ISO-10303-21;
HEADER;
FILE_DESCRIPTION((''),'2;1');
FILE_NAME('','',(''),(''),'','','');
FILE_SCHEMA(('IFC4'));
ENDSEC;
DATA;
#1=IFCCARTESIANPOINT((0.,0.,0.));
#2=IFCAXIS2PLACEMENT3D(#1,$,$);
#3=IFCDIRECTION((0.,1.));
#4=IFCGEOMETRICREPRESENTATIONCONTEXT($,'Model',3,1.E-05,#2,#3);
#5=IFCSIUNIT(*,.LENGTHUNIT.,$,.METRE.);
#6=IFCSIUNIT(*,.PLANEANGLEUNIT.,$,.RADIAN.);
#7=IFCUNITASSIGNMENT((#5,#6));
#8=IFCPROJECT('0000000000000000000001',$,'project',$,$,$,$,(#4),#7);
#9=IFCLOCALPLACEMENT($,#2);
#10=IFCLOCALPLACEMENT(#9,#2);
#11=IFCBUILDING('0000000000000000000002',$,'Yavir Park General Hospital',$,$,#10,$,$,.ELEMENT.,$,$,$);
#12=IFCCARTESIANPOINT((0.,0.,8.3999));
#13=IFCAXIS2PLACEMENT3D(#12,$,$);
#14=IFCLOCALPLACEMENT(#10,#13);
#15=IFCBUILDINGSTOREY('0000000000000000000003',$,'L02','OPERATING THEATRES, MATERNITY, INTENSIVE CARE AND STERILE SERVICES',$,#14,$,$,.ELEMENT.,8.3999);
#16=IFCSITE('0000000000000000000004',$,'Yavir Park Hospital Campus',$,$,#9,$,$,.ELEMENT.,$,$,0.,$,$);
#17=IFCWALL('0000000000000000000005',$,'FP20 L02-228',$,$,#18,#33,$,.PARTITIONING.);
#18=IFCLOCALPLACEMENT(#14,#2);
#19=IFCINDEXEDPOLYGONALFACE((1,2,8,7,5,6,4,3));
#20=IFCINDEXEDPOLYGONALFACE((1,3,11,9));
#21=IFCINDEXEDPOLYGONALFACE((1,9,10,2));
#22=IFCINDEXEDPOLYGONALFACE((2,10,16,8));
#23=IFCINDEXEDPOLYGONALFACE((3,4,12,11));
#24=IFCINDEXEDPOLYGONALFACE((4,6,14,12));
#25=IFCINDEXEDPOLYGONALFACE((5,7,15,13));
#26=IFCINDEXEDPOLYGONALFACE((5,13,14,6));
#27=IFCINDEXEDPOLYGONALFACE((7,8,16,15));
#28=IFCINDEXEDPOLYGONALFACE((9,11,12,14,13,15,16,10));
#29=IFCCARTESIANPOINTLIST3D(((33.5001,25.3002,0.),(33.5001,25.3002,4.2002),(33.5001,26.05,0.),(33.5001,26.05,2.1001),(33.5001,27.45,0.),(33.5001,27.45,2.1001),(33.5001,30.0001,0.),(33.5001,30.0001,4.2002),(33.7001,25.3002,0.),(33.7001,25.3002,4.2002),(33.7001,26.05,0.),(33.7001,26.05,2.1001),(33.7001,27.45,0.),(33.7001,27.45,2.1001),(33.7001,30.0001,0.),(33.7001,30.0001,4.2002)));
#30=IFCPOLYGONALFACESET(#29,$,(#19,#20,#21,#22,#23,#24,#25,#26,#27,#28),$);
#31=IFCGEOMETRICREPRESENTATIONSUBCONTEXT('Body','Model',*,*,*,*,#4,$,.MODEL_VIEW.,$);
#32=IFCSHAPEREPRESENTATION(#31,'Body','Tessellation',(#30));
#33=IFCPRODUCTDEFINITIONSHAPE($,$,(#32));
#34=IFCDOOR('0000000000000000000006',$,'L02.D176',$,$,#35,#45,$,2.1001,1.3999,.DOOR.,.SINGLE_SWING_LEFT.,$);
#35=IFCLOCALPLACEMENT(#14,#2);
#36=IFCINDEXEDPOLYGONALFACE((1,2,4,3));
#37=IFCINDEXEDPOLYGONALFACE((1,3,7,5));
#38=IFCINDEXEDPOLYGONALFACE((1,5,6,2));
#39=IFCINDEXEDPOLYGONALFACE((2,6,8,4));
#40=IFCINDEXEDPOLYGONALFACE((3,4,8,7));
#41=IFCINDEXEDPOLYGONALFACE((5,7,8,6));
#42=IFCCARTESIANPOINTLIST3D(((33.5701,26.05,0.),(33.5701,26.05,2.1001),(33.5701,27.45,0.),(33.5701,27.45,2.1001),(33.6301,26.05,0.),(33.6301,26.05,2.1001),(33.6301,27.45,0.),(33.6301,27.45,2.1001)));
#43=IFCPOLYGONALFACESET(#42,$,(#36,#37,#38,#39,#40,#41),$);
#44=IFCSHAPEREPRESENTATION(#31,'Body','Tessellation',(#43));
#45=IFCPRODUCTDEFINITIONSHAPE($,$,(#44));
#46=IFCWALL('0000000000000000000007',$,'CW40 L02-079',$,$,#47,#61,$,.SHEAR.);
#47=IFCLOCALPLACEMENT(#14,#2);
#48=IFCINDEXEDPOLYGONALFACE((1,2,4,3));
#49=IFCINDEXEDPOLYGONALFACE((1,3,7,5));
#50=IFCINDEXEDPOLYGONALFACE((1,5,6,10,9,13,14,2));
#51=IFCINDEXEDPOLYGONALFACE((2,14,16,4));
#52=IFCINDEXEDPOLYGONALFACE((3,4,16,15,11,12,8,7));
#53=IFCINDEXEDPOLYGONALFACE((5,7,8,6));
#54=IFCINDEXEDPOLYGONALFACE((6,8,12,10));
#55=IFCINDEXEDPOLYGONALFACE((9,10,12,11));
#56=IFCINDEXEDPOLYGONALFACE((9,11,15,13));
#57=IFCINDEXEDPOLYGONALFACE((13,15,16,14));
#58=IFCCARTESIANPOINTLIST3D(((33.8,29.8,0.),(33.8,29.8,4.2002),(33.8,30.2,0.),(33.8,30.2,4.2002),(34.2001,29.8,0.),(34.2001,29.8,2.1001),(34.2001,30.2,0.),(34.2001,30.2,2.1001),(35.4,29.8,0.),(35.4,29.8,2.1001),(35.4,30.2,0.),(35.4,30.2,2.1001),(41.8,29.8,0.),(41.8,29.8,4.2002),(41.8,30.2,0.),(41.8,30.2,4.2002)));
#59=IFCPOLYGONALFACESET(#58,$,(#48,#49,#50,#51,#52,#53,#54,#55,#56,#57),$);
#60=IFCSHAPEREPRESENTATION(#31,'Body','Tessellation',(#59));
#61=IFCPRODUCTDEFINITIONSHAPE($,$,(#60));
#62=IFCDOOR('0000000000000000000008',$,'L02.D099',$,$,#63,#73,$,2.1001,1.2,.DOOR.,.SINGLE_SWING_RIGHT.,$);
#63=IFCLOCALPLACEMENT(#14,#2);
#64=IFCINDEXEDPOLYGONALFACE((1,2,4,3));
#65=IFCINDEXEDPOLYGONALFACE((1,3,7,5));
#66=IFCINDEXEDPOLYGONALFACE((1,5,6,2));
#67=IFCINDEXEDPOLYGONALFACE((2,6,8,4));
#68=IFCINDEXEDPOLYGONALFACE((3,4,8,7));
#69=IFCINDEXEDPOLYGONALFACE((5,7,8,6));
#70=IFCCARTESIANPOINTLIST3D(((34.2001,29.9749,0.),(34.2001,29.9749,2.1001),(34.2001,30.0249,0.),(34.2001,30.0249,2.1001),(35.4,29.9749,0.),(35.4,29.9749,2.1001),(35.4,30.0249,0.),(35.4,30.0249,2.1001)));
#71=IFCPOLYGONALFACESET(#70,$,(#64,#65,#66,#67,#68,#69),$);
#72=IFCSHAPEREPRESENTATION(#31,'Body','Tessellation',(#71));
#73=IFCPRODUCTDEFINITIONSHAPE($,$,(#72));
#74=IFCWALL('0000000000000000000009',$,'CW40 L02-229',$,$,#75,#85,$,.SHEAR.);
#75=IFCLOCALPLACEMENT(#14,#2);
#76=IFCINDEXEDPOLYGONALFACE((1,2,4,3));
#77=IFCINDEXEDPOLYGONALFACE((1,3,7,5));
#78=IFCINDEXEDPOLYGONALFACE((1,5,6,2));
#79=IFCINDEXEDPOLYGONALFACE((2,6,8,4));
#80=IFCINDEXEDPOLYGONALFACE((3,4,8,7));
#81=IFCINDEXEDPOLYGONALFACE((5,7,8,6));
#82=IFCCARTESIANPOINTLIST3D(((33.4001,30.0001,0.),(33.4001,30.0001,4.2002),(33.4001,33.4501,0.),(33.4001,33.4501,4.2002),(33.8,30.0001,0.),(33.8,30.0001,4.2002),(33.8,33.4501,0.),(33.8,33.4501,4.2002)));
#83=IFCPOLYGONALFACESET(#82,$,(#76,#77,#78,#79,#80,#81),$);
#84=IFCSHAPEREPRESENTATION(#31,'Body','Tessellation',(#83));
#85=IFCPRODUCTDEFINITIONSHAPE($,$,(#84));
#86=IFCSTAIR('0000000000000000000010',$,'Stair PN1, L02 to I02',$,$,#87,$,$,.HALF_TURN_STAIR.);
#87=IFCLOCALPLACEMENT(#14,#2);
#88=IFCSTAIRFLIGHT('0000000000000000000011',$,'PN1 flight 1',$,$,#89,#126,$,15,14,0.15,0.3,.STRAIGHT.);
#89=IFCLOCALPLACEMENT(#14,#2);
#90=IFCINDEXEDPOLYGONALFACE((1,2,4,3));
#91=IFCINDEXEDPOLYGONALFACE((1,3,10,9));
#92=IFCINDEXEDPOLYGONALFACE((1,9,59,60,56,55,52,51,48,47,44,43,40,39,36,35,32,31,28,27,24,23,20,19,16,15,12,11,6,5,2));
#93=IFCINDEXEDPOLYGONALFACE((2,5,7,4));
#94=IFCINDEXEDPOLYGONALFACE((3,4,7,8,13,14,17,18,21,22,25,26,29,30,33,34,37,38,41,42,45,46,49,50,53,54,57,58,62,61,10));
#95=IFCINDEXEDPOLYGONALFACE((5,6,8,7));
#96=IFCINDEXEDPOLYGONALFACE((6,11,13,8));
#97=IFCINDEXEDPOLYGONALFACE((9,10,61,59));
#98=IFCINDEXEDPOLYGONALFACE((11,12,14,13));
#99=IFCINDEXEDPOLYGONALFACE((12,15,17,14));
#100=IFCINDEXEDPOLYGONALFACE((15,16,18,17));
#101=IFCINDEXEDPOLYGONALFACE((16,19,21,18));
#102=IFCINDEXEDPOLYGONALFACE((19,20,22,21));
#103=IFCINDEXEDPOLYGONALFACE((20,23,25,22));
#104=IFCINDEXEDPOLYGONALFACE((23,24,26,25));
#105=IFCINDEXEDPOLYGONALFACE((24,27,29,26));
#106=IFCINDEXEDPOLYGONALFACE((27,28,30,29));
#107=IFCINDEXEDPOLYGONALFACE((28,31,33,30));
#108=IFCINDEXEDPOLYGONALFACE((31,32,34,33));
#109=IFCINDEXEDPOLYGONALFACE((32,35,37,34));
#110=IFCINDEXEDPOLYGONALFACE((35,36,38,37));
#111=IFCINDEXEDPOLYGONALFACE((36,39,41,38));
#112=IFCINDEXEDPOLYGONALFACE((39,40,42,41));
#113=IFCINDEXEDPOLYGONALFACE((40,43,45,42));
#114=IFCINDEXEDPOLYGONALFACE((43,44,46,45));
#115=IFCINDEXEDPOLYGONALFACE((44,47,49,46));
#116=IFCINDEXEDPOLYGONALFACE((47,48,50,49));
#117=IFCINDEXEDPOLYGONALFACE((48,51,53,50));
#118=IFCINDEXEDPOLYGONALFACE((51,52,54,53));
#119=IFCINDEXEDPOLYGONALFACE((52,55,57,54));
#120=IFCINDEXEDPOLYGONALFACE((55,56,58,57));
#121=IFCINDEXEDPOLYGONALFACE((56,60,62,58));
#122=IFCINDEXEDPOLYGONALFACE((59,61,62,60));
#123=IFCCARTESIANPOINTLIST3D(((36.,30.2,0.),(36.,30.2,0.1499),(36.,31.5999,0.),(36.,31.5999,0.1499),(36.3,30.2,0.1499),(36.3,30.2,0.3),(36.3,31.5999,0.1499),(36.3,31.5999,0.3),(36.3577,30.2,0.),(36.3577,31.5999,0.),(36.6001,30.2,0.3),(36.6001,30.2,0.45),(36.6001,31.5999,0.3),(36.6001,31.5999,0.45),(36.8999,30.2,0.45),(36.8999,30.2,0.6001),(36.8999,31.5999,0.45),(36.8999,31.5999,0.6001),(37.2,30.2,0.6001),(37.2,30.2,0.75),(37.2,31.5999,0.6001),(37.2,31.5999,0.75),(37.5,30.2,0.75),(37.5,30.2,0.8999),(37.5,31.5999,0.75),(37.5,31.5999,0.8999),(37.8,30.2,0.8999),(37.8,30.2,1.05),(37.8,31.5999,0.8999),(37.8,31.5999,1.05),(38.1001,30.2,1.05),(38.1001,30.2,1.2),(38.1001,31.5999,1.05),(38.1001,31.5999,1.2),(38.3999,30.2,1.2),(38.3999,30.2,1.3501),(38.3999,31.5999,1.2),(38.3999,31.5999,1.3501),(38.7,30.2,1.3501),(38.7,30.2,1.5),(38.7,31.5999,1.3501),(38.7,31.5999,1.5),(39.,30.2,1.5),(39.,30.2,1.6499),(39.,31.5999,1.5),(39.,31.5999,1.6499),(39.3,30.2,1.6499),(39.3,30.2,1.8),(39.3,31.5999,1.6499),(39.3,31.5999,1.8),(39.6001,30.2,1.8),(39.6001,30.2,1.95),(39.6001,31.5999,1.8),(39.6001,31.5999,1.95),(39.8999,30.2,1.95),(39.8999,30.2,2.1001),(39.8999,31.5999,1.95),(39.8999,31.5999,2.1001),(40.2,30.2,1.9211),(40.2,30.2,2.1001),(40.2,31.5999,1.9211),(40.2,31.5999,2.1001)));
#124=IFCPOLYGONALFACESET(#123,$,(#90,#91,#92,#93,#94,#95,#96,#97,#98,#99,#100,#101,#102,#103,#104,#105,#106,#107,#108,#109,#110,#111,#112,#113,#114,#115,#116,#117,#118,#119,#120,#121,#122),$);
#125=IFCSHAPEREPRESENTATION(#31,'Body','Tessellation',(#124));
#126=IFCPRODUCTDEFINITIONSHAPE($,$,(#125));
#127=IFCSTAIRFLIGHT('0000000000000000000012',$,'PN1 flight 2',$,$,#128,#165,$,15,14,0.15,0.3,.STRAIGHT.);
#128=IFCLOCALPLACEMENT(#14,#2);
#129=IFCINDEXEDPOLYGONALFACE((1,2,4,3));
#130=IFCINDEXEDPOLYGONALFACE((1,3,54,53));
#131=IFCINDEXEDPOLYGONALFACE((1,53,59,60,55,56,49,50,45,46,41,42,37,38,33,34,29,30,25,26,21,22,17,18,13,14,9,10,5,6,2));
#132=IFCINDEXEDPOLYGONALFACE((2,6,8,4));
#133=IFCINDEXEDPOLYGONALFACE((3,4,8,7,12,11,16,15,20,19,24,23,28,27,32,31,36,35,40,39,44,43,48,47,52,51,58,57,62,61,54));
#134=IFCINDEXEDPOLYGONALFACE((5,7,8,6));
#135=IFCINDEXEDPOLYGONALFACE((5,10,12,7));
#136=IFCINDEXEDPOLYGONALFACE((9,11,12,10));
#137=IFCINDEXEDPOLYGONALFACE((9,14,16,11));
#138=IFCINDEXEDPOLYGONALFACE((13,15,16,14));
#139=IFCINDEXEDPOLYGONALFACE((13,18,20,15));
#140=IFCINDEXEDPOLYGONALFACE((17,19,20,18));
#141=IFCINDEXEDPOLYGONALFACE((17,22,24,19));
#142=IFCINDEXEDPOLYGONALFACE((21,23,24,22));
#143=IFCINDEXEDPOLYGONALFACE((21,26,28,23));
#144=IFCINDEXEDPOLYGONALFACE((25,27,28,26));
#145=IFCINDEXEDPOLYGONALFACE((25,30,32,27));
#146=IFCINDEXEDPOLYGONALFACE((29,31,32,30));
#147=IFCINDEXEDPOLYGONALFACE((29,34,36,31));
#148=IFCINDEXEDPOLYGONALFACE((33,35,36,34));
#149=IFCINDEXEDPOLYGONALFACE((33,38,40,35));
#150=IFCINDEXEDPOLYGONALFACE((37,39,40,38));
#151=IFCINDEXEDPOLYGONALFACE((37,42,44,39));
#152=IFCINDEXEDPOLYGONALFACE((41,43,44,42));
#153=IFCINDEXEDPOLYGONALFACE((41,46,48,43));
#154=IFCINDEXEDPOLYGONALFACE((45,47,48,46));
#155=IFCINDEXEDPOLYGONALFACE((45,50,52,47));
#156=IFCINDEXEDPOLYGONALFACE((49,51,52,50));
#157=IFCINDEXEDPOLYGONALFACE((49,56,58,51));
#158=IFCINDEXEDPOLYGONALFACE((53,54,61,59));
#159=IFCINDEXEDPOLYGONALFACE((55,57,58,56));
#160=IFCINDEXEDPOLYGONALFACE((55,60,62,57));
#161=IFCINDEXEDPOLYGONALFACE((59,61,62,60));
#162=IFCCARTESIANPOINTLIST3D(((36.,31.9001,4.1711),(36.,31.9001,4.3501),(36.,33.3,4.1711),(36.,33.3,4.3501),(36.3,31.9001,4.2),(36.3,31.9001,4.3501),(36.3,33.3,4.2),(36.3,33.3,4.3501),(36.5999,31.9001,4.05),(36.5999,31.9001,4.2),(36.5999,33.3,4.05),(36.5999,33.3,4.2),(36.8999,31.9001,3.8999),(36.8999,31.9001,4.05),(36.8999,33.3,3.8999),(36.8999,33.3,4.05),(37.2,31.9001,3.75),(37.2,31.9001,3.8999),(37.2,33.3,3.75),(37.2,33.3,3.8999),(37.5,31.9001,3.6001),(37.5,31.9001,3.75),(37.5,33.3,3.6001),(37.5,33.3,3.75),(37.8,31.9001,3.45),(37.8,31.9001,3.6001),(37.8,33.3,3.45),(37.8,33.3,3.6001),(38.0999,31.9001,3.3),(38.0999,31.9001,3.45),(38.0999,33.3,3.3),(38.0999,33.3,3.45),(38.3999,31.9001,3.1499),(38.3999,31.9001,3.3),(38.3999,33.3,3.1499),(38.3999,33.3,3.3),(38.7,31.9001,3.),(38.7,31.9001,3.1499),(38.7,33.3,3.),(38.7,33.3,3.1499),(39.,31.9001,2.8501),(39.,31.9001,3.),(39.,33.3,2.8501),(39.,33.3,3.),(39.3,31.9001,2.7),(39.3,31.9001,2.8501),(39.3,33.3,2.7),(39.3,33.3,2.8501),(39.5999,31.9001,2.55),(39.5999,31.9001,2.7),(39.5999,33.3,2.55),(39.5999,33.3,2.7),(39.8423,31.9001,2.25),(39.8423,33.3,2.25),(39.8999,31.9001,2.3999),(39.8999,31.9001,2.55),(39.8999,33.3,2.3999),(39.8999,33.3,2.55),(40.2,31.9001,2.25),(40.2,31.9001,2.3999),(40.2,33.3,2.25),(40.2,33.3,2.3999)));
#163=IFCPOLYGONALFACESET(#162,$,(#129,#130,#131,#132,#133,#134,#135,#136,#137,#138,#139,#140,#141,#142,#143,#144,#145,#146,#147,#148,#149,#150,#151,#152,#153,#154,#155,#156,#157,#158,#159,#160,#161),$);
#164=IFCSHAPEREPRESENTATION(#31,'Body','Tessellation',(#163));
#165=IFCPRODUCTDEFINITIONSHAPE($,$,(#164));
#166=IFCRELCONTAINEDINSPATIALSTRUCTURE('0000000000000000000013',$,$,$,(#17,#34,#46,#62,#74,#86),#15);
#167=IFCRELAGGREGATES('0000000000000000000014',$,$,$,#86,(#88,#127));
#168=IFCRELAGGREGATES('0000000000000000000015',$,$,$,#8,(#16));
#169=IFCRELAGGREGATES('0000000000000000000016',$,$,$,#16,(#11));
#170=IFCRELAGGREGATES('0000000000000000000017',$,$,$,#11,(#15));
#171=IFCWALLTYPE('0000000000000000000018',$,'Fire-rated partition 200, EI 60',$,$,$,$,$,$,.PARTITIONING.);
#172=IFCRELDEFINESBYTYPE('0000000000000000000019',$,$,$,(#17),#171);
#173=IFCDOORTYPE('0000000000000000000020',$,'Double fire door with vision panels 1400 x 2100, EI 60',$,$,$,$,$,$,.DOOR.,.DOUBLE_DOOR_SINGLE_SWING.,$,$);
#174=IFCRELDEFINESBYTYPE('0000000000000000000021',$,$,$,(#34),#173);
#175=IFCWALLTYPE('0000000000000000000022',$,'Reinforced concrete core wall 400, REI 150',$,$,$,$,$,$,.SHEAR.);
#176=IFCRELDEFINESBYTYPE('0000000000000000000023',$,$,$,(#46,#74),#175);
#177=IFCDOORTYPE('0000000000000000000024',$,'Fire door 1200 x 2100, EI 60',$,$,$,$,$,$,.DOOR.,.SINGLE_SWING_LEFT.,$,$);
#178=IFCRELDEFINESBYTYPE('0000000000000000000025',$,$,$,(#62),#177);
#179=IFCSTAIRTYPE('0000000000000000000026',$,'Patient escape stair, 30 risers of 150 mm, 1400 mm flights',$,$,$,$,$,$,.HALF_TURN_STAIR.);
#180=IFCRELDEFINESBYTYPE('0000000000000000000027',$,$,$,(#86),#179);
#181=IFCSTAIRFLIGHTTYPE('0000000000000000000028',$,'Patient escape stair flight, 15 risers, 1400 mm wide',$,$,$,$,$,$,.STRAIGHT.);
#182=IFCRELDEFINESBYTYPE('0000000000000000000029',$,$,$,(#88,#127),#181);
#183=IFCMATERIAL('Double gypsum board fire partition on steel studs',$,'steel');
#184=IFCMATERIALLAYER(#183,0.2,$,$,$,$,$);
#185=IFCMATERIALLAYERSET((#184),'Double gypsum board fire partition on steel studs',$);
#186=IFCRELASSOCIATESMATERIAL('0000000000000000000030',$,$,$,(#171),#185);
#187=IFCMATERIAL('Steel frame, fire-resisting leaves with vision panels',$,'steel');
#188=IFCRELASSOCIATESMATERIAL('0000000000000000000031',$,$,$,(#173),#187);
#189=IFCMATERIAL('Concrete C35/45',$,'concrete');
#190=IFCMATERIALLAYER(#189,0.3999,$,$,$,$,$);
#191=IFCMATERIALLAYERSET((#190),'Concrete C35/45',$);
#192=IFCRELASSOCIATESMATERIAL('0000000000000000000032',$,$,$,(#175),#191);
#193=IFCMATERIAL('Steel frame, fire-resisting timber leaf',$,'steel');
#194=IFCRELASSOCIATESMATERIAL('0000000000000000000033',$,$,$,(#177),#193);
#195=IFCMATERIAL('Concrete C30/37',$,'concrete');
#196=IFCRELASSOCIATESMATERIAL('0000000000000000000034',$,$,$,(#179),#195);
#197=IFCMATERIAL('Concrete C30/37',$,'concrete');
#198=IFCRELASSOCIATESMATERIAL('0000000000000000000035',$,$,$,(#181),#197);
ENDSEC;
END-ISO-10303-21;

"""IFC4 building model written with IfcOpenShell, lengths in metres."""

from ifc_helpers import new_model, si_unit, direction, frame, frame_2d, origin, place, context, subcontext, project, spatial, polyline, rectangle, outline, extrude, material, layer, layer_set, type_object, element, fill, aggregate, save


model = new_model("IFC4")

# Units and contexts
model_context = context("Model", 3, precision=1e-05, world=origin(), true_north=direction((0.0, 1.0)))
body_context = subcontext(model_context, "Body", "Model", "MODEL_VIEW")
ifc_project = project(units=[si_unit("LENGTHUNIT", "METRE"), si_unit("PLANEANGLEUNIT", "RADIAN")], contexts=[model_context])

# Site, building, storey
site_placement = place(None, origin())
site = spatial("IfcSite", under=ifc_project, at=site_placement, Name="Yavir Park Hospital Campus", CompositionType="ELEMENT", RefElevation=0.0)
building_placement = place(site_placement, origin())
building = spatial("IfcBuilding", under=site, at=building_placement, Name="Yavir Park General Hospital", CompositionType="ELEMENT")
storey_placement = place(building_placement, frame((0.0, 0.0, 8.3999)))
storey = spatial("IfcBuildingStorey", under=building, at=storey_placement, Name="L02", Description="OPERATING THEATRES, MATERNITY, INTENSIVE CARE AND STERILE SERVICES", CompositionType="ELEMENT", Elevation=8.3999)

# Walls, openings, doors
ifc_material_1 = material(Name="Double gypsum board fire partition on steel studs", Category="steel")
ifc_layer_1 = layer(ifc_material_1, 0.2)
ifc_layer_set_1 = layer_set([ifc_layer_1], Name="Double gypsum board fire partition on steel studs")
wall_type_1 = type_object("IfcWallType", Name="Fire-rated partition 200, EI 60", PredefinedType="PARTITIONING", material=ifc_layer_set_1)
wall_1_placement = place(storey_placement, frame((33.6001, 25.3, 0.0), z_axis=(0.0, 0.0, 1.0), x_axis=(0.0, 1.0, 0.0)))
wall_1 = element("IfcWall", 1, at=wall_1_placement, inside=storey, type_object=wall_type_1, Name="FP20 L02-228", PredefinedType="PARTITIONING", context=body_context, shape_type="SweptSolid", body=[
    extrude(rectangle(XDim=4.7, YDim=0.2, at=frame_2d((2.3501, 0.0))), origin(), (0.0, 0.0, 1.0), 4.2002),
])
opening_1_placement = place(wall_1_placement, frame((0.75, 0.0, 0.0)))
opening_1 = element("IfcOpeningElement", 2, at=opening_1_placement, cuts=wall_1, PredefinedType="OPENING", context=body_context, shape_type="SweptSolid", body=[
    extrude(rectangle(XDim=1.3999, YDim=2.1001, at=frame_2d((0.7, 1.05))), frame((0.0, 0.1099, 0.0), z_axis=(0.0, -1.0, 0.0), x_axis=(1.0, 0.0, 0.0)), (0.0, 0.0, 1.0), 0.22),
])
ifc_material_2 = material(Name="Steel frame, fire-resisting leaves with vision panels", Category="steel")
door_type_1 = type_object("IfcDoorType", Name="Double fire door with vision panels 1400 x 2100, EI 60", OperationType="DOUBLE_DOOR_SINGLE_SWING", PredefinedType="DOOR", material=ifc_material_2)
door_1_placement = place(opening_1_placement, origin())
door_1 = element("IfcDoor", 3, at=door_1_placement, inside=storey, type_object=door_type_1, Name="L02.D176", OperationType="SINGLE_SWING_LEFT", OverallHeight=2.1001, OverallWidth=1.3999, PredefinedType="DOOR", context=body_context, shape_type="SweptSolid", body=[
    extrude(rectangle(XDim=1.3999, YDim=2.1001, at=frame_2d((0.7, 1.05))), frame((0.0, 0.03, 0.0), z_axis=(0.0, -1.0, 0.0), x_axis=(1.0, 0.0, 0.0)), (0.0, 0.0, 1.0), 0.0601),
])
fill(opening_1, door_1)
ifc_material_3 = material(Name="Concrete C35/45", Category="concrete")
ifc_layer_2 = layer(ifc_material_3, 0.3999)
ifc_layer_set_2 = layer_set([ifc_layer_2], Name="Concrete C35/45")
wall_type_2 = type_object("IfcWallType", Name="Reinforced concrete core wall 400, REI 150", PredefinedType="SHEAR", material=ifc_layer_set_2)
wall_2_placement = place(storey_placement, frame((33.8, 30.0, 0.0), z_axis=(0.0, 0.0, 1.0), x_axis=(1.0, 0.0, 0.0)))
wall_2 = element("IfcWall", 4, at=wall_2_placement, inside=storey, type_object=wall_type_2, Name="CW40 L02-079", PredefinedType="SHEAR", context=body_context, shape_type="SweptSolid", body=[
    extrude(rectangle(XDim=8.0, YDim=0.3999, at=frame_2d((4.0, 0.0))), origin(), (0.0, 0.0, 1.0), 4.2002),
])
opening_2_placement = place(wall_2_placement, frame((0.3999, 0.0, 0.0)))
opening_2 = element("IfcOpeningElement", 5, at=opening_2_placement, cuts=wall_2, PredefinedType="OPENING", context=body_context, shape_type="SweptSolid", body=[
    extrude(rectangle(XDim=1.2, YDim=2.1001, at=frame_2d((0.6001, 1.05))), frame((0.0, 0.21, 0.0), z_axis=(0.0, -1.0, 0.0), x_axis=(1.0, 0.0, 0.0)), (0.0, 0.0, 1.0), 0.4199),
])
ifc_material_4 = material(Name="Steel frame, fire-resisting timber leaf", Category="steel")
door_type_2 = type_object("IfcDoorType", Name="Fire door 1200 x 2100, EI 60", OperationType="SINGLE_SWING_LEFT", PredefinedType="DOOR", material=ifc_material_4)
door_2_placement = place(opening_2_placement, origin())
door_2 = element("IfcDoor", 6, at=door_2_placement, inside=storey, type_object=door_type_2, Name="L02.D099", OperationType="SINGLE_SWING_RIGHT", OverallHeight=2.1001, OverallWidth=1.2, PredefinedType="DOOR", context=body_context, shape_type="SweptSolid", body=[
    extrude(rectangle(XDim=1.2, YDim=2.1001, at=frame_2d((0.6001, 1.05))), frame((0.0, 0.0249, 0.0), z_axis=(0.0, -1.0, 0.0), x_axis=(1.0, 0.0, 0.0)), (0.0, 0.0, 1.0), 0.05),
])
fill(opening_2, door_2)

# Wall
wall_3_placement = place(storey_placement, frame((33.6001, 30.0, 0.0), z_axis=(0.0, 0.0, 1.0), x_axis=(0.0, 1.0, 0.0)))
element("IfcWall", 7, at=wall_3_placement, inside=storey, type_object=wall_type_2, Name="CW40 L02-229", PredefinedType="SHEAR", context=body_context, shape_type="SweptSolid", body=[
    extrude(rectangle(XDim=3.45, YDim=0.3999, at=frame_2d((1.7251, 0.0))), origin(), (0.0, 0.0, 1.0), 4.2002),
])

# Stair, stair flights
ifc_material_5 = material(Name="Concrete C30/37", Category="concrete")
stair_type = type_object("IfcStairType", Name="Patient escape stair, 30 risers of 150 mm, 1400 mm flights", PredefinedType="HALF_TURN_STAIR", material=ifc_material_5)
stair_placement = place(storey_placement, origin())
stair = element("IfcStair", 8, at=stair_placement, inside=storey, type_object=stair_type, Name="Stair PN1, L02 to I02", PredefinedType="HALF_TURN_STAIR")
ifc_material_6 = material(Name="Concrete C30/37", Category="concrete")
stair_flight_type = type_object("IfcStairFlightType", Name="Patient escape stair flight, 15 risers, 1400 mm wide", PredefinedType="STRAIGHT", material=ifc_material_6)
stair_flight_1_placement = place(storey_placement, frame((36.0, 30.8999, 0.0), z_axis=(0.0, 0.0, 1.0), x_axis=(1.0, 0.0, 0.0)))
stair_flight_1 = element("IfcStairFlight", 9, at=stair_flight_1_placement, type_object=stair_flight_type, Name="PN1 flight 1", NumberOfRisers=15, NumberOfTreads=14, PredefinedType="STRAIGHT", RiserHeight=0.15, TreadLength=0.3, context=body_context, shape_type="SweptSolid", body=[
    extrude(outline(polyline([(0.0, 0.0), (0.0, 0.1499), (0.3, 0.1499), (0.3, 0.3), (0.6001, 0.3), (0.6001, 0.45), (0.8999, 0.45), (0.8999, 0.6001), (1.2, 0.6001), (1.2, 0.75), (1.5, 0.75), (1.5, 0.8999), (1.8, 0.8999), (1.8, 1.05), (2.1001, 1.05), (2.1001, 1.2), (2.3999, 1.2), (2.3999, 1.3501), (2.7, 1.3501), (2.7, 1.5), (3.0, 1.5), (3.0, 1.6499), (3.3, 1.6499), (3.3, 1.8), (3.6001, 1.8), (3.6001, 1.95), (3.8999, 1.95), (3.8999, 2.1001), (4.2, 2.1001), (4.2, 2.25), (4.2, 1.9211), (0.3577, 0.0), (0.0, 0.0)])), frame((0.0, 0.7, 0.0), z_axis=(0.0, -1.0, 0.0), x_axis=(1.0, 0.0, 0.0)), (0.0, 0.0, 1.0), 1.3999),
])
stair_flight_2_placement = place(storey_placement, frame((40.2, 32.6001, 2.25), z_axis=(0.0, 0.0, 1.0), x_axis=(-1.0, 0.0, 0.0)))
stair_flight_2 = element("IfcStairFlight", 10, at=stair_flight_2_placement, type_object=stair_flight_type, Name="PN1 flight 2", NumberOfRisers=15, NumberOfTreads=14, PredefinedType="STRAIGHT", RiserHeight=0.15, TreadLength=0.3, context=body_context, shape_type="SweptSolid", body=[
    extrude(outline(polyline([(0.0, 0.0), (0.0, 0.1499), (0.3, 0.1499), (0.3, 0.3), (0.6001, 0.3), (0.6001, 0.45), (0.8999, 0.45), (0.8999, 0.6001), (1.2, 0.6001), (1.2, 0.75), (1.5, 0.75), (1.5, 0.8999), (1.8, 0.8999), (1.8, 1.05), (2.1001, 1.05), (2.1001, 1.2), (2.3999, 1.2), (2.3999, 1.3501), (2.7, 1.3501), (2.7, 1.5), (3.0, 1.5), (3.0, 1.6499), (3.3, 1.6499), (3.3, 1.8), (3.6001, 1.8), (3.6001, 1.95), (3.8999, 1.95), (3.8999, 2.1001), (4.2, 2.1001), (4.2, 2.25), (4.2, 1.9211), (0.3577, 0.0), (0.0, 0.0)])), frame((0.0, 0.7, 0.0), z_axis=(0.0, -1.0, 0.0), x_axis=(1.0, 0.0, 0.0)), (0.0, 0.0, 1.0), 1.3999),
])
aggregate(stair, [stair_flight_1, stair_flight_2])

save(model, "model.ifc")
